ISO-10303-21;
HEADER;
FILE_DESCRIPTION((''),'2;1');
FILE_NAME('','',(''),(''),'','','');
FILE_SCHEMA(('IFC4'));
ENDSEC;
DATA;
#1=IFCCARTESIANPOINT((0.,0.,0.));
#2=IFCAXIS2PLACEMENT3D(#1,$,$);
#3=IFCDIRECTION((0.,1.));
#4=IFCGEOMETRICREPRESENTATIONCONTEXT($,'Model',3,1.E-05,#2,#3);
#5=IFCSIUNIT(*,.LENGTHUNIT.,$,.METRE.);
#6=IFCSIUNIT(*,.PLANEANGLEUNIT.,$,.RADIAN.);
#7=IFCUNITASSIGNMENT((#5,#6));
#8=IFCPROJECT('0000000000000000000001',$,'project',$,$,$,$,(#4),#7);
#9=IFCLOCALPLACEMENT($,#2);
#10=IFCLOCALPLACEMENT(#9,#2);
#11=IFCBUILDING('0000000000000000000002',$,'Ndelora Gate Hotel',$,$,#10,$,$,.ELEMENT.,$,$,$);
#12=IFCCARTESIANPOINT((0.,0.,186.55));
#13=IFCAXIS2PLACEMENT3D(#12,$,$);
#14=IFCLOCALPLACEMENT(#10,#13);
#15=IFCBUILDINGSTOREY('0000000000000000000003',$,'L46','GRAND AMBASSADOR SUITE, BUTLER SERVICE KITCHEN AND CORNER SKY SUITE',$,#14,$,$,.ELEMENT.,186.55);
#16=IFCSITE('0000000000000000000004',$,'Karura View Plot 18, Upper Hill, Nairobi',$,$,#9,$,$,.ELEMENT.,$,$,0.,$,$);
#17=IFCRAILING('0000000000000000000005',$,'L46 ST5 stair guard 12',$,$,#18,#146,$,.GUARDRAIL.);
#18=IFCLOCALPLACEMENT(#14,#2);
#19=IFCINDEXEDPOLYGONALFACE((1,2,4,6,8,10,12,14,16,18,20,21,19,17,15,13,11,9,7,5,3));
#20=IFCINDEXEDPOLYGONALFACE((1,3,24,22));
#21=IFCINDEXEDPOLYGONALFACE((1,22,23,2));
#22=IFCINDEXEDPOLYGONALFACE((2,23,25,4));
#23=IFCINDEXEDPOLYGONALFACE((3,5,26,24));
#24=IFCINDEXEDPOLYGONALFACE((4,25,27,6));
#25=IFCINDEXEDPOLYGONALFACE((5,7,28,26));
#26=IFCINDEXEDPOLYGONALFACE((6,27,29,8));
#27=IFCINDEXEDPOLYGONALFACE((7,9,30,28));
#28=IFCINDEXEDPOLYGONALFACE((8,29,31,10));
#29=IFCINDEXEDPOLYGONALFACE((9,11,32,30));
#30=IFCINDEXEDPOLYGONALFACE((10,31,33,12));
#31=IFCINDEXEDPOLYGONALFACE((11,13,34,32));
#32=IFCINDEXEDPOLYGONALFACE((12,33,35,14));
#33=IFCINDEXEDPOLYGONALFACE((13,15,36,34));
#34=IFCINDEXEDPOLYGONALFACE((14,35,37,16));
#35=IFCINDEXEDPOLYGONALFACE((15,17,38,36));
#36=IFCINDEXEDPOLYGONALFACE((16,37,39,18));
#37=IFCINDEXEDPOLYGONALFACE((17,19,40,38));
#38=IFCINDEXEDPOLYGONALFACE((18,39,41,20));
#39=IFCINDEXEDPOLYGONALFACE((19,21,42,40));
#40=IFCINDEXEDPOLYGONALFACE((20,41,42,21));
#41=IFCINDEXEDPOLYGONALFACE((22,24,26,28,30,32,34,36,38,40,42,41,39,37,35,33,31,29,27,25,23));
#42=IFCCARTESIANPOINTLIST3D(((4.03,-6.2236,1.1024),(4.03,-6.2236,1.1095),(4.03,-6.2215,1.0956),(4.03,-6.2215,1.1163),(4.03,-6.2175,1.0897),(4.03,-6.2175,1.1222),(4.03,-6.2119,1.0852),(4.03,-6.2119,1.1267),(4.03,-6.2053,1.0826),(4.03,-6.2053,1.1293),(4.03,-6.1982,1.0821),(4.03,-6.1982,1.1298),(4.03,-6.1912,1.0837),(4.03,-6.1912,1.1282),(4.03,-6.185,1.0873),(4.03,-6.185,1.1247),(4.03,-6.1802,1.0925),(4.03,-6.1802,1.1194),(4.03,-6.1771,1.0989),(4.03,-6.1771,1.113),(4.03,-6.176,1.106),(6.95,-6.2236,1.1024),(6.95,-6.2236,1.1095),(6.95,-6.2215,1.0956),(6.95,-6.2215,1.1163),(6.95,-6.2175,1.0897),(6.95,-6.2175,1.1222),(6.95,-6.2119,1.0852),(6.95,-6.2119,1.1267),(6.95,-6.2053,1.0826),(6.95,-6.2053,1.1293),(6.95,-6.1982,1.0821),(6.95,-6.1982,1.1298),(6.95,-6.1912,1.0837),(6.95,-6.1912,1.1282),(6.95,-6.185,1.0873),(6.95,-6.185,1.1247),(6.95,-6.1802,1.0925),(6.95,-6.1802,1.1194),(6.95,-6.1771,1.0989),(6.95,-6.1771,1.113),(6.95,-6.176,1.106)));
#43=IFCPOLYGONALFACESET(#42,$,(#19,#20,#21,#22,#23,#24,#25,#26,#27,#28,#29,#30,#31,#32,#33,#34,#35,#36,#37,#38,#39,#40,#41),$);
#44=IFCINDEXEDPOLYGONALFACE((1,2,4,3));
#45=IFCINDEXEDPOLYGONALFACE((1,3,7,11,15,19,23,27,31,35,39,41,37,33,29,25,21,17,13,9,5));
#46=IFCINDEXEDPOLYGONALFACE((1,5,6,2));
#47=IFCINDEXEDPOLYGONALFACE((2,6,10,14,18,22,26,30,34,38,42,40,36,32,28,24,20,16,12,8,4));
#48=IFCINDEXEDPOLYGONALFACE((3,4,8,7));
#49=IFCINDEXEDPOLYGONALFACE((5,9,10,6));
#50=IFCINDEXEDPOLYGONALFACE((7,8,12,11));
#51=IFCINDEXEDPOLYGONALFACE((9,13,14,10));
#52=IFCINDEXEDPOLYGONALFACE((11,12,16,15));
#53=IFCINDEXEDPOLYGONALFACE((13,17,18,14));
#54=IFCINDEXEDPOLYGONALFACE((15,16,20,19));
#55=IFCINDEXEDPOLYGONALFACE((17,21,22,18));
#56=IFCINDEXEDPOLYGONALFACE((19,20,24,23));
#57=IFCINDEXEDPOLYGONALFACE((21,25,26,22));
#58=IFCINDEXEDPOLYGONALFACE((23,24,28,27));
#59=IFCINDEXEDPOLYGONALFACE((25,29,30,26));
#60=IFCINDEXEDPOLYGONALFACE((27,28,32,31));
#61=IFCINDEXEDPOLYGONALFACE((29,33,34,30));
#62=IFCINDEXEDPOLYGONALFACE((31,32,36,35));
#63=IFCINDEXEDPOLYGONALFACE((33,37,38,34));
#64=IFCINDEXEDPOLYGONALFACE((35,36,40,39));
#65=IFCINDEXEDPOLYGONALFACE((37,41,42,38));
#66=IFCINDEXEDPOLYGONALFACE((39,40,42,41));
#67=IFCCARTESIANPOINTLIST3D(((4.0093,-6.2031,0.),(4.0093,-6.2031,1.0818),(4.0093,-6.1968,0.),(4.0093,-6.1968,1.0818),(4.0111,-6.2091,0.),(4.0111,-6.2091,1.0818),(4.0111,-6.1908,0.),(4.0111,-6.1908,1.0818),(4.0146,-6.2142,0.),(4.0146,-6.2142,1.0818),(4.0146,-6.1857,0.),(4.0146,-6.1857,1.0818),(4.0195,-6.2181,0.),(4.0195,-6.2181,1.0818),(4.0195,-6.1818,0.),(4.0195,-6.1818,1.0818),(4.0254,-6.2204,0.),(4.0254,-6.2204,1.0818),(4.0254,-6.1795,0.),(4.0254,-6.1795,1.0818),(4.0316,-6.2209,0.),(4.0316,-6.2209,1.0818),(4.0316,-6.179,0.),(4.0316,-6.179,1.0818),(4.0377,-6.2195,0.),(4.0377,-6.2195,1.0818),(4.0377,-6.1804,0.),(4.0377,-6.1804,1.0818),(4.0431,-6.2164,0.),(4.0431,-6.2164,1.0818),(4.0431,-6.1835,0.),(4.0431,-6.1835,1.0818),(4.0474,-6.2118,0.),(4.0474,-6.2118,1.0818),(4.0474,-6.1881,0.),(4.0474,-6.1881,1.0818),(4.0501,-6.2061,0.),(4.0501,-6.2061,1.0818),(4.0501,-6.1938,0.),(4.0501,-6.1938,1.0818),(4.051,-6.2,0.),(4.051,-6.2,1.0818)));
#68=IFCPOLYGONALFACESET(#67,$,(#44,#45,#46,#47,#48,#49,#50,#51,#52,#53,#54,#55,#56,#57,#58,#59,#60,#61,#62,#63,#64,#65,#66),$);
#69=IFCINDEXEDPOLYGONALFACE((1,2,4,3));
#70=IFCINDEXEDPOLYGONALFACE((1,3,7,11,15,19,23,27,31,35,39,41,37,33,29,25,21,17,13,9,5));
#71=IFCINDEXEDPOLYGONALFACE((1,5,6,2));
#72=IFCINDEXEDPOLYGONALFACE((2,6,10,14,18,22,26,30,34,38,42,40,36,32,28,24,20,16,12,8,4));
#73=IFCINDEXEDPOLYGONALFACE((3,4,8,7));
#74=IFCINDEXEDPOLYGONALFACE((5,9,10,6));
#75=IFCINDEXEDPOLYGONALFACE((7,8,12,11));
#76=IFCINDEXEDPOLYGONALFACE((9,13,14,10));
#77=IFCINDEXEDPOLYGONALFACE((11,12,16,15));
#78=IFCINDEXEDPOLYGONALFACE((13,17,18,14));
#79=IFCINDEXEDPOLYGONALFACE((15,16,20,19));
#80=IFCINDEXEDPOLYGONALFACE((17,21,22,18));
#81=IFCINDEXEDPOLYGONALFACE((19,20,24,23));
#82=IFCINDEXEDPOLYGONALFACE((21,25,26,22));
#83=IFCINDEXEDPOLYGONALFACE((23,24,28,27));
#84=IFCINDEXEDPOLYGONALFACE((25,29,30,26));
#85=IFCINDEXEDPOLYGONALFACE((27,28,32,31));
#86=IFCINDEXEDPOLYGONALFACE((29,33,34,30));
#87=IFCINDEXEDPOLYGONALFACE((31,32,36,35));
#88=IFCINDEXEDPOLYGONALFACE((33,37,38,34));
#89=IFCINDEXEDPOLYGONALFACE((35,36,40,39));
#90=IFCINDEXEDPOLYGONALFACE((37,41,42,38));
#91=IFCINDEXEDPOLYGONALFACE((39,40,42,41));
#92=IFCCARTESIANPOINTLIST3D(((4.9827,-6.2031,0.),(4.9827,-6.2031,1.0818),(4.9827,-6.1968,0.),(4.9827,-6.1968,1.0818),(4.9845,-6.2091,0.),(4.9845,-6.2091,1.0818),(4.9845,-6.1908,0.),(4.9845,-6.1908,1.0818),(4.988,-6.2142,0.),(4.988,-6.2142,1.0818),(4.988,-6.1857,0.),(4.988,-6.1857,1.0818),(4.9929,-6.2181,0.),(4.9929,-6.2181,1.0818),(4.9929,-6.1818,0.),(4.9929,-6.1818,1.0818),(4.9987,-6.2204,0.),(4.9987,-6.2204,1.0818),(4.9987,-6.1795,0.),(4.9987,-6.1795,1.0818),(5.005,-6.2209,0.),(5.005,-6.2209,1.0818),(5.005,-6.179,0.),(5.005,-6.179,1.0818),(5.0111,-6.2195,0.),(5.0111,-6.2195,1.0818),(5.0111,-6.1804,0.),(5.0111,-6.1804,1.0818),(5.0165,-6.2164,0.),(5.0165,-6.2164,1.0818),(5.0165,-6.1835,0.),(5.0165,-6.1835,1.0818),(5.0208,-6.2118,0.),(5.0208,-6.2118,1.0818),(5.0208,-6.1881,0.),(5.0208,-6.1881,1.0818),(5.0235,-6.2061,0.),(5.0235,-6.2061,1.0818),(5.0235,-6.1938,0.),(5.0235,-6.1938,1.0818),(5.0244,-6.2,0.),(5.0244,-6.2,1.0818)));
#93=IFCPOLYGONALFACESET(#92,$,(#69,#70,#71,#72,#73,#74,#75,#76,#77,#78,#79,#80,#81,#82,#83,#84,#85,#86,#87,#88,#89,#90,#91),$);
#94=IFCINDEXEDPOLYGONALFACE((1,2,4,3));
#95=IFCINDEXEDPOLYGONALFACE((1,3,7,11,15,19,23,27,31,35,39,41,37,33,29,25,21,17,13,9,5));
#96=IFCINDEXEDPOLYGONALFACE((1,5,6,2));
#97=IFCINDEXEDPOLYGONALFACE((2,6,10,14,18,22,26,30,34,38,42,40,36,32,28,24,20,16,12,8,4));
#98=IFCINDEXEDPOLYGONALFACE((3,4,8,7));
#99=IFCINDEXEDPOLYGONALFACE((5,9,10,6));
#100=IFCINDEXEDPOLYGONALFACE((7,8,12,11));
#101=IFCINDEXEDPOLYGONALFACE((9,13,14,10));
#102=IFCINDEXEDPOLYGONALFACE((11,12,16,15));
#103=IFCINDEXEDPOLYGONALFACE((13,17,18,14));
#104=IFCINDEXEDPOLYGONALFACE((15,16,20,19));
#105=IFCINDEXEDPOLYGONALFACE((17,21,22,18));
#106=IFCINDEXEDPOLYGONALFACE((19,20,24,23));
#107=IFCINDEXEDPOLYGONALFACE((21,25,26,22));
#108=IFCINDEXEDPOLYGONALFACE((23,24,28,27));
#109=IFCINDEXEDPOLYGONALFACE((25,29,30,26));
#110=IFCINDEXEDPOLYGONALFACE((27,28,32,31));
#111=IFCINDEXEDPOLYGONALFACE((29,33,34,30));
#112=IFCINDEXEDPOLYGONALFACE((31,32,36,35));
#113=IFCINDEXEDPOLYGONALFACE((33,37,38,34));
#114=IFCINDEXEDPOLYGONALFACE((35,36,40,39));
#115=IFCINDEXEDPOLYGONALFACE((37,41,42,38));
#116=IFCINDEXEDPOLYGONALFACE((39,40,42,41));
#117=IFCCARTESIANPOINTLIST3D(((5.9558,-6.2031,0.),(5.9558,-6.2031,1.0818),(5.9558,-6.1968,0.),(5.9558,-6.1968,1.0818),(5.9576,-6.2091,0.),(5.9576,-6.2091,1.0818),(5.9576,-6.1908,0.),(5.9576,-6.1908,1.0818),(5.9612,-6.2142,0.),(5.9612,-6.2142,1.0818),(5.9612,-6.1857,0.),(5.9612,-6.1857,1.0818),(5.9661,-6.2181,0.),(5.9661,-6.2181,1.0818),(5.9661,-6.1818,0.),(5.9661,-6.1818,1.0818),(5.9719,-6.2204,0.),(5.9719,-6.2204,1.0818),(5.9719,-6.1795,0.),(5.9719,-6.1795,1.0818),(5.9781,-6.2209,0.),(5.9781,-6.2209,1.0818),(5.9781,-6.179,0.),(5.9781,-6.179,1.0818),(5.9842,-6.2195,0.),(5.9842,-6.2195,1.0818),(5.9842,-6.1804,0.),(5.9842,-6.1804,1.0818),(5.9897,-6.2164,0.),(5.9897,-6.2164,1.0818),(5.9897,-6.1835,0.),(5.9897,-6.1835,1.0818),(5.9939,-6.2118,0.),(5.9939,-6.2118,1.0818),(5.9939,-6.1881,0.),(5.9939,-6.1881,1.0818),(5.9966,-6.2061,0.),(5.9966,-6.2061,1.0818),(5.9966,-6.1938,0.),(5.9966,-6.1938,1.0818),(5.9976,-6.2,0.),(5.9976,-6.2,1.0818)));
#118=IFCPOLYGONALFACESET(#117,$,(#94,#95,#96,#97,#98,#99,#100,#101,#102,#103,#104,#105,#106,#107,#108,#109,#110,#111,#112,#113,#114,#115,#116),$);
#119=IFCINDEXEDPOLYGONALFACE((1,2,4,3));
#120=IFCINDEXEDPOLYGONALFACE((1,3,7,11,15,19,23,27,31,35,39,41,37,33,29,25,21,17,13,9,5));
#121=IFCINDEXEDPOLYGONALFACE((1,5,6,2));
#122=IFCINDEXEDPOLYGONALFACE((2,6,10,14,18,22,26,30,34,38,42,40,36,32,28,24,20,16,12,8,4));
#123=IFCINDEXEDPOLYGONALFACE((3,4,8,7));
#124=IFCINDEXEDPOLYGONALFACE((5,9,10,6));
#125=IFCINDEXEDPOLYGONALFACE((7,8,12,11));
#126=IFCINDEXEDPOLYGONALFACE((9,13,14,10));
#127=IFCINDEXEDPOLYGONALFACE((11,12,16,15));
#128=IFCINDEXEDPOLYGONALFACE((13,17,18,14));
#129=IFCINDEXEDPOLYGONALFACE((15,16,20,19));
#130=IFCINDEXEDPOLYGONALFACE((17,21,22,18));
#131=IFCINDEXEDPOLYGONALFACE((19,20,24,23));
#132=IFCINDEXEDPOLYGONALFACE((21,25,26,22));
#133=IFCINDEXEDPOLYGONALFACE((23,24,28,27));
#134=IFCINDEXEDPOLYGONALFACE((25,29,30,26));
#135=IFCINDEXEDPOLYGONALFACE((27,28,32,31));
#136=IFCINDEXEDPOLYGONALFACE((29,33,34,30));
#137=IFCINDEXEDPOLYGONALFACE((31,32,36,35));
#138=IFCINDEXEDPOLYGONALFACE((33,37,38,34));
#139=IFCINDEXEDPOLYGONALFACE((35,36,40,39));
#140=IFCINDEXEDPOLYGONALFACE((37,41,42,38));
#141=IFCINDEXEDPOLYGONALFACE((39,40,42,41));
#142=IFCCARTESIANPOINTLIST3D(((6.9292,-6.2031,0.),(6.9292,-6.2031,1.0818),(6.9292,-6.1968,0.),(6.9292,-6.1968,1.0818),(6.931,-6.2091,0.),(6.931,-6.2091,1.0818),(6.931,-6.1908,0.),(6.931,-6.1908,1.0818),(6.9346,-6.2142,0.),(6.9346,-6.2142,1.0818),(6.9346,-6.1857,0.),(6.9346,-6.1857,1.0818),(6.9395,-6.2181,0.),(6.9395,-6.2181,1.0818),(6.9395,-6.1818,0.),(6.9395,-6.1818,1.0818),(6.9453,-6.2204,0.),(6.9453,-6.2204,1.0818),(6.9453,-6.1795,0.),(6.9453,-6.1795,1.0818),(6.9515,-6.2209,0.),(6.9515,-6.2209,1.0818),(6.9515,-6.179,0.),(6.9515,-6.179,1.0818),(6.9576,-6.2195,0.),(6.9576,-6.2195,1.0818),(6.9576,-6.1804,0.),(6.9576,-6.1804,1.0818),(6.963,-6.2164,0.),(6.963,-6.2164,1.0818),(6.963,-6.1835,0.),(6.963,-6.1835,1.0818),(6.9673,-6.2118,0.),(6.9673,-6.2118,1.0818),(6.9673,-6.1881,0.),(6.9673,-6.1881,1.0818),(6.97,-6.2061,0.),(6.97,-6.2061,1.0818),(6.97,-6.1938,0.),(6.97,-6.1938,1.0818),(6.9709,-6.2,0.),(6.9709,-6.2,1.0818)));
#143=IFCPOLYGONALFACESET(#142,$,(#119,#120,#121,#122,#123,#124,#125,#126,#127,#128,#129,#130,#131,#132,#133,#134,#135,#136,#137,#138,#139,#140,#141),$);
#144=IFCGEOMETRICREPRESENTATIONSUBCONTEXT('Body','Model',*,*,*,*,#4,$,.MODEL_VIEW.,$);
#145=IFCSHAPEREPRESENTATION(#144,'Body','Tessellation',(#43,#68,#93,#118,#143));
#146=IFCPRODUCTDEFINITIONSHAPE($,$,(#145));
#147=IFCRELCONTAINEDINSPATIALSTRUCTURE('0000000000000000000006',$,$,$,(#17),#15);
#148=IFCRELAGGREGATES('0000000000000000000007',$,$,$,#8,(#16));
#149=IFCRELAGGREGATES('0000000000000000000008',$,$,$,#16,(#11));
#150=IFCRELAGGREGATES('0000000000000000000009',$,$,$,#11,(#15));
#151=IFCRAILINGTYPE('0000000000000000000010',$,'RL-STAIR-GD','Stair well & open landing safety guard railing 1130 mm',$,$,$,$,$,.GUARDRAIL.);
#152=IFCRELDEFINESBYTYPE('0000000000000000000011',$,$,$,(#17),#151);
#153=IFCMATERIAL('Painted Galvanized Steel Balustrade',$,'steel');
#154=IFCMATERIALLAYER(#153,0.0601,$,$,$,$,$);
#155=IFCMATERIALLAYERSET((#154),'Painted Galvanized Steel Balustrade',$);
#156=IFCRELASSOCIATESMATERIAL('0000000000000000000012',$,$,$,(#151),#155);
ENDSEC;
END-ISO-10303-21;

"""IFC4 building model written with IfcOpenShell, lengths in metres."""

from ifc_helpers import new_model, si_unit, direction, frame, origin, origin_2d, place, context, subcontext, project, spatial, circle, extrude, material, layer, layer_set, type_object, element, save


model = new_model("IFC4")

# Units and contexts
model_context = context("Model", 3, precision=1e-05, world=origin(), true_north=direction((0.0, 1.0)))
body_context = subcontext(model_context, "Body", "Model", "MODEL_VIEW")
ifc_project = project(units=[si_unit("LENGTHUNIT", "METRE"), si_unit("PLANEANGLEUNIT", "RADIAN")], contexts=[model_context])

# Site, building, storey
site_placement = place(None, origin())
site = spatial("IfcSite", under=ifc_project, at=site_placement, Name="Karura View Plot 18, Upper Hill, Nairobi", CompositionType="ELEMENT", RefElevation=0.0)
building_placement = place(site_placement, origin())
building = spatial("IfcBuilding", under=site, at=building_placement, Name="Ndelora Gate Hotel", CompositionType="ELEMENT")
storey_placement = place(building_placement, frame((0.0, 0.0, 186.55)))
storey = spatial("IfcBuildingStorey", under=building, at=storey_placement, Name="L46", Description="GRAND AMBASSADOR SUITE, BUTLER SERVICE KITCHEN AND CORNER SKY SUITE", CompositionType="ELEMENT", Elevation=186.55)

# Railing
ifc_material_1 = material(Name="Painted Galvanized Steel Balustrade", Category="steel")
ifc_layer_1 = layer(ifc_material_1, 0.0601)
ifc_layer_set_1 = layer_set([ifc_layer_1], Name="Painted Galvanized Steel Balustrade")
railing_type_1 = type_object("IfcRailingType", Name="RL-STAIR-GD", Description="Stair well & open landing safety guard railing 1130 mm", PredefinedType="GUARDRAIL", material=ifc_layer_set_1)
railing_1_placement = place(storey_placement, frame((4.03, -6.2, 0.0)))
element("IfcRailing", 1, at=railing_1_placement, inside=storey, type_object=railing_type_1, Name="L46 ST5 stair guard 12", PredefinedType="GUARDRAIL", context=body_context, shape_type="SweptSolid", body=[
    extrude(circle(Radius=0.0239, at=origin_2d()), frame((0.0, 0.0, 1.106), z_axis=(1.0, 0.0, 0.0), x_axis=(0.0, 1.0, 0.0)), (0.0, 0.0, 1.0), 2.9199),
    extrude(circle(Radius=0.021, at=origin_2d()), origin(), (0.0, 0.0, 1.0), 1.0818),
    extrude(circle(Radius=0.021, at=origin_2d()), frame((0.9734, 0.0, 0.0)), (0.0, 0.0, 1.0), 1.0818),
    extrude(circle(Radius=0.021, at=origin_2d()), frame((1.9465, 0.0, 0.0)), (0.0, 0.0, 1.0), 1.0818),
    extrude(circle(Radius=0.021, at=origin_2d()), frame((2.9199, 0.0, 0.0)), (0.0, 0.0, 1.0), 1.0818),
])

save(model, "model.ifc")
